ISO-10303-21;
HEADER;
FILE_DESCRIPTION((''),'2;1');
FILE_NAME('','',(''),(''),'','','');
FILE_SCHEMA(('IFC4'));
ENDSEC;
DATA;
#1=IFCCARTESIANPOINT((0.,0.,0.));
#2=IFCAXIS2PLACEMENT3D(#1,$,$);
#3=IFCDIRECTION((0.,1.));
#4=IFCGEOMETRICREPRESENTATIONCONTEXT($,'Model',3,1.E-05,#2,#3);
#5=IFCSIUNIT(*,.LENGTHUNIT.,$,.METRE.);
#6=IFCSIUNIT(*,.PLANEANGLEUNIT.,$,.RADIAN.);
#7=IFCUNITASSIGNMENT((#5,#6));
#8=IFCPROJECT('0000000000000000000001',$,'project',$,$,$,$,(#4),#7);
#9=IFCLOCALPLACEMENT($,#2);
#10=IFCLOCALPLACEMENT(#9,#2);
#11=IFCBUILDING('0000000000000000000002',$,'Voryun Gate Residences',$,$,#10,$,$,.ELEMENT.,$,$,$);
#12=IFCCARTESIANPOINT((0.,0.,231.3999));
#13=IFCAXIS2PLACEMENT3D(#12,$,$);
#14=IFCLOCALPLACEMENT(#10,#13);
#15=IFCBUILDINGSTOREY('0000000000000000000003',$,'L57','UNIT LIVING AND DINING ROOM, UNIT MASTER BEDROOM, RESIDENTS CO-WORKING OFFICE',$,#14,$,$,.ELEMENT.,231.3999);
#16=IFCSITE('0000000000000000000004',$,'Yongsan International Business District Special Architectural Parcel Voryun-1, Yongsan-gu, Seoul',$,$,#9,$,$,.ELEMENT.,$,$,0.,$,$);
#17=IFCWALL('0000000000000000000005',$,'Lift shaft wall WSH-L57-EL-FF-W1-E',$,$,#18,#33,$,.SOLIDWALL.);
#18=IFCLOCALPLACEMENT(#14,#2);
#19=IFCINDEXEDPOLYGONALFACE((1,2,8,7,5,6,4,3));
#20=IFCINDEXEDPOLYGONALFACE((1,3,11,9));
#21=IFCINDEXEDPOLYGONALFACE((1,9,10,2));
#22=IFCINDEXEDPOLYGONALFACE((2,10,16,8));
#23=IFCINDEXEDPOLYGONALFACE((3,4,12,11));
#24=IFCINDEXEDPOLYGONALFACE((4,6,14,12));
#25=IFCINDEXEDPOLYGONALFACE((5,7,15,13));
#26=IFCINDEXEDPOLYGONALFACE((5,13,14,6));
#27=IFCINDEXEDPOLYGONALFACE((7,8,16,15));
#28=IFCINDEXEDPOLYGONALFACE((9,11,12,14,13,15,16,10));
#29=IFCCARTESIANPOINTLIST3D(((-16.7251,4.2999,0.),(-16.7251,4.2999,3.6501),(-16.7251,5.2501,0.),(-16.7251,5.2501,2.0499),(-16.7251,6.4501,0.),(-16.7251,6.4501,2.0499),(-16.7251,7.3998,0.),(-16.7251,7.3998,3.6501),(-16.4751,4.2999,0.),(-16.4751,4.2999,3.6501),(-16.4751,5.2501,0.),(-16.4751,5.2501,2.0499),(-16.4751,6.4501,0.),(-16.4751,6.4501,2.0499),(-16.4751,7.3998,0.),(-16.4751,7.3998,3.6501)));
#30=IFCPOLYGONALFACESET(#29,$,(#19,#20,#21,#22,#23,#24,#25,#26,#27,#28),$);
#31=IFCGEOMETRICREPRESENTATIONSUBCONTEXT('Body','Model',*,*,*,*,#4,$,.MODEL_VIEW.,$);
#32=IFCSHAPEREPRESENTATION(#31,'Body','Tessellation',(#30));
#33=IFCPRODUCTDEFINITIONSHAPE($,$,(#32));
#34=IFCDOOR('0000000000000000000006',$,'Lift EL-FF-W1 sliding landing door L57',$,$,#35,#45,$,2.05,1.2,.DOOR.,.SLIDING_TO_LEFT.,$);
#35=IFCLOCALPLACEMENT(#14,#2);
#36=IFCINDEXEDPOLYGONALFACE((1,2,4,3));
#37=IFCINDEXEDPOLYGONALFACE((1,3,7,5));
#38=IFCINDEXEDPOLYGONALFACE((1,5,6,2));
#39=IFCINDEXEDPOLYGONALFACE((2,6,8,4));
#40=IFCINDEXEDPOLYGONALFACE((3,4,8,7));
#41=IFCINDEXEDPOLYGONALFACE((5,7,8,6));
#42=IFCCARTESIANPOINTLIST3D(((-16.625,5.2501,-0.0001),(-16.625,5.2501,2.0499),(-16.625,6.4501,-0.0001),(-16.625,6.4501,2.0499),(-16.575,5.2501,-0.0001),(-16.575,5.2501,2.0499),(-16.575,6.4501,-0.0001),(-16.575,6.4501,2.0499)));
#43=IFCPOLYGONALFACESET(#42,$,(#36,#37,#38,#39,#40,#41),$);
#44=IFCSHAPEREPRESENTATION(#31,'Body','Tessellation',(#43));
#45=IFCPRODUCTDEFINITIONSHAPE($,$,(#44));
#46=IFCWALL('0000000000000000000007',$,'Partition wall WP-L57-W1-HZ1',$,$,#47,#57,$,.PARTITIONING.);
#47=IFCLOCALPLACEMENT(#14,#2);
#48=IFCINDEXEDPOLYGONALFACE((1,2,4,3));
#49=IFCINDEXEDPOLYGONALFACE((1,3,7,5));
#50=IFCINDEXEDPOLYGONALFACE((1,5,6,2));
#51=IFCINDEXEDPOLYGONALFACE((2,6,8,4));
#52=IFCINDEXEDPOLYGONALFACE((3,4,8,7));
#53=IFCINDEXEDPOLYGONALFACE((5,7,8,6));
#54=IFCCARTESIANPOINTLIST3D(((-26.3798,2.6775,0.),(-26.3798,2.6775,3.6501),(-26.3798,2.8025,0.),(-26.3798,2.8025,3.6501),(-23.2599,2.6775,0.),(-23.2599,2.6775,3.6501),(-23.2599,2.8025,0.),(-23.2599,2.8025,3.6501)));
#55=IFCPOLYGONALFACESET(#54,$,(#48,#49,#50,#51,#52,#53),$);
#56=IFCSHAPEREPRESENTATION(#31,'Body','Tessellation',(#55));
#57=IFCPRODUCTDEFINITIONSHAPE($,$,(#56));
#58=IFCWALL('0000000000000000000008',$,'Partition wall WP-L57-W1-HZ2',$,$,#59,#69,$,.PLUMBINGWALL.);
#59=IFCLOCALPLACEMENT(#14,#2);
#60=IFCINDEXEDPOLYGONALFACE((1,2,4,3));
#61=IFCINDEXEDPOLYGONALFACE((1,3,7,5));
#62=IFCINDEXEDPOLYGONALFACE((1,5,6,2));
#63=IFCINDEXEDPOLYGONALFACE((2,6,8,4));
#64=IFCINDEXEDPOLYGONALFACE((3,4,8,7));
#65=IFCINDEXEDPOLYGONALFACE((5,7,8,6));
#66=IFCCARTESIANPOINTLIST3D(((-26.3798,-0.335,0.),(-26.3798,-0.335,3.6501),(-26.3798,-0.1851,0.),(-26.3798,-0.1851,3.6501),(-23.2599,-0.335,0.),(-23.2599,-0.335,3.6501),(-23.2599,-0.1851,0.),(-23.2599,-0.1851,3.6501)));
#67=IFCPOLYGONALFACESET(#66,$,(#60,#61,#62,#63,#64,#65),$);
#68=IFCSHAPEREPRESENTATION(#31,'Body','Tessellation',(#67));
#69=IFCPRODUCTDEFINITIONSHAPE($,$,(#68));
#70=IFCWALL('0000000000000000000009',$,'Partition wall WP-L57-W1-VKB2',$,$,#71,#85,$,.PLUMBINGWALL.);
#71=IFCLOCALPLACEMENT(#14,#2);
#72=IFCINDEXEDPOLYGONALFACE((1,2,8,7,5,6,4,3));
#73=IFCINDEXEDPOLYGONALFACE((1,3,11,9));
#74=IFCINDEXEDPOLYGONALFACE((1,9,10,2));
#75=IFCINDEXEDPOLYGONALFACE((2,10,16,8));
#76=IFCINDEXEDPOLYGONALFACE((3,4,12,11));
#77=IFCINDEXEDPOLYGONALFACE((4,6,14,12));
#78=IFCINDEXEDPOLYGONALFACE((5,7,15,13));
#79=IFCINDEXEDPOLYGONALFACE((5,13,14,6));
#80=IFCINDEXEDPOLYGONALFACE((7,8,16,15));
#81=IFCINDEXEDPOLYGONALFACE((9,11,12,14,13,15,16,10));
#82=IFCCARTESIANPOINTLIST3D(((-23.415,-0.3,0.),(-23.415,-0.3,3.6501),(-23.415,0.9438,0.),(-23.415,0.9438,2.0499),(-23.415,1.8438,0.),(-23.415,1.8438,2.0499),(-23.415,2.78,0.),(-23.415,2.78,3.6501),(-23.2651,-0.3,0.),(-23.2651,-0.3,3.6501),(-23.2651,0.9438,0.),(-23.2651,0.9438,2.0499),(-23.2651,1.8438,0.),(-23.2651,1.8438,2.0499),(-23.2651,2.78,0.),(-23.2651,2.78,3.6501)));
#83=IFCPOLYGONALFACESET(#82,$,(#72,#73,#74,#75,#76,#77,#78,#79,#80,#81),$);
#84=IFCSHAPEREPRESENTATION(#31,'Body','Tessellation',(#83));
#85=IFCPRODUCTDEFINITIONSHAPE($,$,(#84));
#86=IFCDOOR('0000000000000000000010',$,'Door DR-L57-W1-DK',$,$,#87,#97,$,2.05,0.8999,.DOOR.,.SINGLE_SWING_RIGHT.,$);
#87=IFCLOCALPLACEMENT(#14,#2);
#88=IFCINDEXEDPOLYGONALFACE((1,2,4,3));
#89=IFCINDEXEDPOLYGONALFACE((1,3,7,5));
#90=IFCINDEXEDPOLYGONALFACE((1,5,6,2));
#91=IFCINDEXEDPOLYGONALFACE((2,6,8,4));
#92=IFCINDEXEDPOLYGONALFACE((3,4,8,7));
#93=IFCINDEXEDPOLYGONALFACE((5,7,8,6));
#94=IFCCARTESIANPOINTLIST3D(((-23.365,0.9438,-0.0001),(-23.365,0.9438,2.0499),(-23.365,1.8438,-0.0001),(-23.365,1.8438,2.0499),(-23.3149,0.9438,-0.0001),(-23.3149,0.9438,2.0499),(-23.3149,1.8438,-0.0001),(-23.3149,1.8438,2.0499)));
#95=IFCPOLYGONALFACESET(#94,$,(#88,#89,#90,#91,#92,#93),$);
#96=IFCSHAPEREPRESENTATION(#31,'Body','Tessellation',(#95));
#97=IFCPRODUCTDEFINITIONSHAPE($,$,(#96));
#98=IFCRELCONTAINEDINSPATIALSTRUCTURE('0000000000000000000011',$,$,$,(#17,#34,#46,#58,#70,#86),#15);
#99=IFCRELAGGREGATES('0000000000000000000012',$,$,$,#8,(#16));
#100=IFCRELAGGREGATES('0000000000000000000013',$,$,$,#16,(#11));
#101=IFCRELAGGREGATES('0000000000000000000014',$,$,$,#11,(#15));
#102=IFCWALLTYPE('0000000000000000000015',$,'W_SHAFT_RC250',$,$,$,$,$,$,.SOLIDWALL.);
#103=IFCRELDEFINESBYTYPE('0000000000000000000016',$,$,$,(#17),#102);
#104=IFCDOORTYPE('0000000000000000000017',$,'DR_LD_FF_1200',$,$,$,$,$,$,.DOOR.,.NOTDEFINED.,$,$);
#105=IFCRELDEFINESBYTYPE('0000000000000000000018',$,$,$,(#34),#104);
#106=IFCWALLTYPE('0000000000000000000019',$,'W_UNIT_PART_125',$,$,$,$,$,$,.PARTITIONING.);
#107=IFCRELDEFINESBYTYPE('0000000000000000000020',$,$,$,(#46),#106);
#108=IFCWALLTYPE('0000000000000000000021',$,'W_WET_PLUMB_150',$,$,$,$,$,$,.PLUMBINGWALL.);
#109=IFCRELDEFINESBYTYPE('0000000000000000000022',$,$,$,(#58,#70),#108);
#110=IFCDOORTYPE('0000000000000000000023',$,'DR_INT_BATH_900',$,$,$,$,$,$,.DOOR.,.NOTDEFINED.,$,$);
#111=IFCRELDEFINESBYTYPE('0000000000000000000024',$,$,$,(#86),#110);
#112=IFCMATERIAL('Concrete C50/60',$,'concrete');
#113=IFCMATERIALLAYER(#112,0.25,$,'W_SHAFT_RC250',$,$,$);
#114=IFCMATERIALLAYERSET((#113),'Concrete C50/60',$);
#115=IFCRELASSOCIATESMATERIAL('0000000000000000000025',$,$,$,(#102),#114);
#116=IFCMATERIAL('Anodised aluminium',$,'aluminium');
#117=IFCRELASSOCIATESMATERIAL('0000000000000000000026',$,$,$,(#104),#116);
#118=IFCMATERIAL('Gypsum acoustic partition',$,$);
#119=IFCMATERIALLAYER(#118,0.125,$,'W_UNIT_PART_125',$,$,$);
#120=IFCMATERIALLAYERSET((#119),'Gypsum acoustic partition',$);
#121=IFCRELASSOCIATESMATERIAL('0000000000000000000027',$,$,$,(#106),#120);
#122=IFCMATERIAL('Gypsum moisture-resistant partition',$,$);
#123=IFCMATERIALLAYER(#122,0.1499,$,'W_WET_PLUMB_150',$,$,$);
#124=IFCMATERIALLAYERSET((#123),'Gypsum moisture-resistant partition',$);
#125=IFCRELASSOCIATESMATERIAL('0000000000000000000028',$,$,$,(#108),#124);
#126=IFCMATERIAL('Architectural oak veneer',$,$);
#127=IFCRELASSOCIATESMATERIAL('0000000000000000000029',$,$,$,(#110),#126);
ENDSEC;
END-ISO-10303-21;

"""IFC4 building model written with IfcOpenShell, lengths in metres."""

from ifc_helpers import new_model, si_unit, direction, frame, frame_2d, origin, place, context, subcontext, project, spatial, rectangle, extrude, material, layer, layer_set, type_object, element, fill, save


model = new_model("IFC4")

# Units and contexts
model_context = context("Model", 3, precision=1e-05, world=origin(), true_north=direction((0.0, 1.0)))
body_context = subcontext(model_context, "Body", "Model", "MODEL_VIEW")
ifc_project = project(units=[si_unit("LENGTHUNIT", "METRE"), si_unit("PLANEANGLEUNIT", "RADIAN")], contexts=[model_context])

# Site, building, storey
site_placement = place(None, origin())
site = spatial("IfcSite", under=ifc_project, at=site_placement, Name="Yongsan International Business District Special Architectural Parcel Voryun-1, Yongsan-gu, Seoul", CompositionType="ELEMENT", RefElevation=0.0)
building_placement = place(site_placement, origin())
building = spatial("IfcBuilding", under=site, at=building_placement, Name="Voryun Gate Residences", CompositionType="ELEMENT")
storey_placement = place(building_placement, frame((0.0, 0.0, 231.3999)))
storey = spatial("IfcBuildingStorey", under=building, at=storey_placement, Name="L57", Description="UNIT LIVING AND DINING ROOM, UNIT MASTER BEDROOM, RESIDENTS CO-WORKING OFFICE", CompositionType="ELEMENT", Elevation=231.3999)

# Shared definitions
ifc_material_1 = material(Name="Concrete C50/60", Category="concrete")
ifc_layer_1 = layer(ifc_material_1, 0.25, Name="W_SHAFT_RC250")
ifc_layer_set_1 = layer_set([ifc_layer_1], Name="Concrete C50/60")
wall_type_1 = type_object("IfcWallType", Name="W_SHAFT_RC250", PredefinedType="SOLIDWALL", material=ifc_layer_set_1)

# Wall, opening, door
wall_1_placement = place(storey_placement, frame((-16.6001, 4.3, 0.0), z_axis=(0.0, 0.0, 1.0), x_axis=(0.0, 1.0, 0.0)))
wall_1 = element("IfcWall", 1, at=wall_1_placement, inside=storey, type_object=wall_type_1, Name="Lift shaft wall WSH-L57-EL-FF-W1-E", PredefinedType="SOLIDWALL", context=body_context, shape_type="SweptSolid", body=[
    extrude(rectangle(XDim=3.0999, YDim=0.25, at=frame_2d((1.5498, 0.0))), origin(), (0.0, 0.0, 1.0), 3.6501),
])
opening_1_placement = place(wall_1_placement, frame((0.95, 0.0, 0.0)))
opening_1 = element("IfcOpeningElement", 2, at=opening_1_placement, cuts=wall_1, PredefinedType="OPENING", context=body_context, shape_type="SweptSolid", body=[
    extrude(rectangle(XDim=1.2, YDim=2.05, at=frame_2d((0.6001, 1.0249))), frame((0.0, 0.135, 0.0), z_axis=(0.0, -1.0, 0.0), x_axis=(1.0, 0.0, 0.0)), (0.0, 0.0, 1.0), 0.27),
])
ifc_material_2 = material(Name="Anodised aluminium", Category="aluminium")
door_type_1 = type_object("IfcDoorType", Name="DR_LD_FF_1200", OperationType="NOTDEFINED", PredefinedType="DOOR", material=ifc_material_2)
door_1_placement = place(opening_1_placement, origin())
door_1 = element("IfcDoor", 3, at=door_1_placement, inside=storey, type_object=door_type_1, Name="Lift EL-FF-W1 sliding landing door L57", OperationType="SLIDING_TO_LEFT", OverallHeight=2.05, OverallWidth=1.2, PredefinedType="DOOR", context=body_context, shape_type="SweptSolid", body=[
    extrude(rectangle(XDim=1.2, YDim=2.05, at=frame_2d((0.6001, 1.0249))), frame((0.0, 0.0249, 0.0), z_axis=(0.0, -1.0, 0.0), x_axis=(1.0, 0.0, 0.0)), (0.0, 0.0, 1.0), 0.05),
])
fill(opening_1, door_1)

# Walls
ifc_material_3 = material(Name="Gypsum acoustic partition")
ifc_layer_2 = layer(ifc_material_3, 0.125, Name="W_UNIT_PART_125")
ifc_layer_set_2 = layer_set([ifc_layer_2], Name="Gypsum acoustic partition")
wall_type_2 = type_object("IfcWallType", Name="W_UNIT_PART_125", PredefinedType="PARTITIONING", material=ifc_layer_set_2)
wall_2_placement = place(storey_placement, frame((-26.3799, 2.74, 0.0), z_axis=(0.0, 0.0, 1.0), x_axis=(1.0, 0.0, 0.0)))
element("IfcWall", 4, at=wall_2_placement, inside=storey, type_object=wall_type_2, Name="Partition wall WP-L57-W1-HZ1", PredefinedType="PARTITIONING", context=body_context, shape_type="SweptSolid", body=[
    extrude(rectangle(XDim=3.1199, YDim=0.125, at=frame_2d((1.5601, 0.0))), origin(), (0.0, 0.0, 1.0), 3.6501),
])
ifc_material_4 = material(Name="Gypsum moisture-resistant partition")
ifc_layer_3 = layer(ifc_material_4, 0.1499, Name="W_WET_PLUMB_150")
ifc_layer_set_3 = layer_set([ifc_layer_3], Name="Gypsum moisture-resistant partition")
wall_type_3 = type_object("IfcWallType", Name="W_WET_PLUMB_150", PredefinedType="PLUMBINGWALL", material=ifc_layer_set_3)
wall_3_placement = place(storey_placement, frame((-26.3799, -0.26, 0.0), z_axis=(0.0, 0.0, 1.0), x_axis=(1.0, 0.0, 0.0)))
element("IfcWall", 5, at=wall_3_placement, inside=storey, type_object=wall_type_3, Name="Partition wall WP-L57-W1-HZ2", PredefinedType="PLUMBINGWALL", context=body_context, shape_type="SweptSolid", body=[
    extrude(rectangle(XDim=3.1199, YDim=0.1499, at=frame_2d((1.5601, 0.0))), origin(), (0.0, 0.0, 1.0), 3.6501),
])

# Wall, opening, door
wall_4_placement = place(storey_placement, frame((-23.3401, -0.3, 0.0), z_axis=(0.0, 0.0, 1.0), x_axis=(0.0, 1.0, 0.0)))
wall_4 = element("IfcWall", 6, at=wall_4_placement, inside=storey, type_object=wall_type_3, Name="Partition wall WP-L57-W1-VKB2", PredefinedType="PLUMBINGWALL", context=body_context, shape_type="SweptSolid", body=[
    extrude(rectangle(XDim=3.0801, YDim=0.1499, at=frame_2d((1.54, 0.0))), origin(), (0.0, 0.0, 1.0), 3.6501),
])
opening_2_placement = place(wall_4_placement, frame((1.2439, 0.0, 0.0)))
opening_2 = element("IfcOpeningElement", 7, at=opening_2_placement, cuts=wall_4, PredefinedType="OPENING", context=body_context, shape_type="SweptSolid", body=[
    extrude(rectangle(XDim=0.8999, YDim=2.05, at=frame_2d((0.45, 1.0249))), frame((0.0, 0.085, 0.0), z_axis=(0.0, -1.0, 0.0), x_axis=(1.0, 0.0, 0.0)), (0.0, 0.0, 1.0), 0.1699),
])
ifc_material_5 = material(Name="Architectural oak veneer")
door_type_2 = type_object("IfcDoorType", Name="DR_INT_BATH_900", OperationType="NOTDEFINED", PredefinedType="DOOR", material=ifc_material_5)
door_2_placement = place(opening_2_placement, origin())
door_2 = element("IfcDoor", 8, at=door_2_placement, inside=storey, type_object=door_type_2, Name="Door DR-L57-W1-DK", OperationType="SINGLE_SWING_RIGHT", OverallHeight=2.05, OverallWidth=0.8999, PredefinedType="DOOR", context=body_context, shape_type="SweptSolid", body=[
    extrude(rectangle(XDim=0.8999, YDim=2.05, at=frame_2d((0.45, 1.0249))), frame((0.0, 0.0249, 0.0), z_axis=(0.0, -1.0, 0.0), x_axis=(1.0, 0.0, 0.0)), (0.0, 0.0, 1.0), 0.05),
])
fill(opening_2, door_2)

save(model, "model.ifc")
